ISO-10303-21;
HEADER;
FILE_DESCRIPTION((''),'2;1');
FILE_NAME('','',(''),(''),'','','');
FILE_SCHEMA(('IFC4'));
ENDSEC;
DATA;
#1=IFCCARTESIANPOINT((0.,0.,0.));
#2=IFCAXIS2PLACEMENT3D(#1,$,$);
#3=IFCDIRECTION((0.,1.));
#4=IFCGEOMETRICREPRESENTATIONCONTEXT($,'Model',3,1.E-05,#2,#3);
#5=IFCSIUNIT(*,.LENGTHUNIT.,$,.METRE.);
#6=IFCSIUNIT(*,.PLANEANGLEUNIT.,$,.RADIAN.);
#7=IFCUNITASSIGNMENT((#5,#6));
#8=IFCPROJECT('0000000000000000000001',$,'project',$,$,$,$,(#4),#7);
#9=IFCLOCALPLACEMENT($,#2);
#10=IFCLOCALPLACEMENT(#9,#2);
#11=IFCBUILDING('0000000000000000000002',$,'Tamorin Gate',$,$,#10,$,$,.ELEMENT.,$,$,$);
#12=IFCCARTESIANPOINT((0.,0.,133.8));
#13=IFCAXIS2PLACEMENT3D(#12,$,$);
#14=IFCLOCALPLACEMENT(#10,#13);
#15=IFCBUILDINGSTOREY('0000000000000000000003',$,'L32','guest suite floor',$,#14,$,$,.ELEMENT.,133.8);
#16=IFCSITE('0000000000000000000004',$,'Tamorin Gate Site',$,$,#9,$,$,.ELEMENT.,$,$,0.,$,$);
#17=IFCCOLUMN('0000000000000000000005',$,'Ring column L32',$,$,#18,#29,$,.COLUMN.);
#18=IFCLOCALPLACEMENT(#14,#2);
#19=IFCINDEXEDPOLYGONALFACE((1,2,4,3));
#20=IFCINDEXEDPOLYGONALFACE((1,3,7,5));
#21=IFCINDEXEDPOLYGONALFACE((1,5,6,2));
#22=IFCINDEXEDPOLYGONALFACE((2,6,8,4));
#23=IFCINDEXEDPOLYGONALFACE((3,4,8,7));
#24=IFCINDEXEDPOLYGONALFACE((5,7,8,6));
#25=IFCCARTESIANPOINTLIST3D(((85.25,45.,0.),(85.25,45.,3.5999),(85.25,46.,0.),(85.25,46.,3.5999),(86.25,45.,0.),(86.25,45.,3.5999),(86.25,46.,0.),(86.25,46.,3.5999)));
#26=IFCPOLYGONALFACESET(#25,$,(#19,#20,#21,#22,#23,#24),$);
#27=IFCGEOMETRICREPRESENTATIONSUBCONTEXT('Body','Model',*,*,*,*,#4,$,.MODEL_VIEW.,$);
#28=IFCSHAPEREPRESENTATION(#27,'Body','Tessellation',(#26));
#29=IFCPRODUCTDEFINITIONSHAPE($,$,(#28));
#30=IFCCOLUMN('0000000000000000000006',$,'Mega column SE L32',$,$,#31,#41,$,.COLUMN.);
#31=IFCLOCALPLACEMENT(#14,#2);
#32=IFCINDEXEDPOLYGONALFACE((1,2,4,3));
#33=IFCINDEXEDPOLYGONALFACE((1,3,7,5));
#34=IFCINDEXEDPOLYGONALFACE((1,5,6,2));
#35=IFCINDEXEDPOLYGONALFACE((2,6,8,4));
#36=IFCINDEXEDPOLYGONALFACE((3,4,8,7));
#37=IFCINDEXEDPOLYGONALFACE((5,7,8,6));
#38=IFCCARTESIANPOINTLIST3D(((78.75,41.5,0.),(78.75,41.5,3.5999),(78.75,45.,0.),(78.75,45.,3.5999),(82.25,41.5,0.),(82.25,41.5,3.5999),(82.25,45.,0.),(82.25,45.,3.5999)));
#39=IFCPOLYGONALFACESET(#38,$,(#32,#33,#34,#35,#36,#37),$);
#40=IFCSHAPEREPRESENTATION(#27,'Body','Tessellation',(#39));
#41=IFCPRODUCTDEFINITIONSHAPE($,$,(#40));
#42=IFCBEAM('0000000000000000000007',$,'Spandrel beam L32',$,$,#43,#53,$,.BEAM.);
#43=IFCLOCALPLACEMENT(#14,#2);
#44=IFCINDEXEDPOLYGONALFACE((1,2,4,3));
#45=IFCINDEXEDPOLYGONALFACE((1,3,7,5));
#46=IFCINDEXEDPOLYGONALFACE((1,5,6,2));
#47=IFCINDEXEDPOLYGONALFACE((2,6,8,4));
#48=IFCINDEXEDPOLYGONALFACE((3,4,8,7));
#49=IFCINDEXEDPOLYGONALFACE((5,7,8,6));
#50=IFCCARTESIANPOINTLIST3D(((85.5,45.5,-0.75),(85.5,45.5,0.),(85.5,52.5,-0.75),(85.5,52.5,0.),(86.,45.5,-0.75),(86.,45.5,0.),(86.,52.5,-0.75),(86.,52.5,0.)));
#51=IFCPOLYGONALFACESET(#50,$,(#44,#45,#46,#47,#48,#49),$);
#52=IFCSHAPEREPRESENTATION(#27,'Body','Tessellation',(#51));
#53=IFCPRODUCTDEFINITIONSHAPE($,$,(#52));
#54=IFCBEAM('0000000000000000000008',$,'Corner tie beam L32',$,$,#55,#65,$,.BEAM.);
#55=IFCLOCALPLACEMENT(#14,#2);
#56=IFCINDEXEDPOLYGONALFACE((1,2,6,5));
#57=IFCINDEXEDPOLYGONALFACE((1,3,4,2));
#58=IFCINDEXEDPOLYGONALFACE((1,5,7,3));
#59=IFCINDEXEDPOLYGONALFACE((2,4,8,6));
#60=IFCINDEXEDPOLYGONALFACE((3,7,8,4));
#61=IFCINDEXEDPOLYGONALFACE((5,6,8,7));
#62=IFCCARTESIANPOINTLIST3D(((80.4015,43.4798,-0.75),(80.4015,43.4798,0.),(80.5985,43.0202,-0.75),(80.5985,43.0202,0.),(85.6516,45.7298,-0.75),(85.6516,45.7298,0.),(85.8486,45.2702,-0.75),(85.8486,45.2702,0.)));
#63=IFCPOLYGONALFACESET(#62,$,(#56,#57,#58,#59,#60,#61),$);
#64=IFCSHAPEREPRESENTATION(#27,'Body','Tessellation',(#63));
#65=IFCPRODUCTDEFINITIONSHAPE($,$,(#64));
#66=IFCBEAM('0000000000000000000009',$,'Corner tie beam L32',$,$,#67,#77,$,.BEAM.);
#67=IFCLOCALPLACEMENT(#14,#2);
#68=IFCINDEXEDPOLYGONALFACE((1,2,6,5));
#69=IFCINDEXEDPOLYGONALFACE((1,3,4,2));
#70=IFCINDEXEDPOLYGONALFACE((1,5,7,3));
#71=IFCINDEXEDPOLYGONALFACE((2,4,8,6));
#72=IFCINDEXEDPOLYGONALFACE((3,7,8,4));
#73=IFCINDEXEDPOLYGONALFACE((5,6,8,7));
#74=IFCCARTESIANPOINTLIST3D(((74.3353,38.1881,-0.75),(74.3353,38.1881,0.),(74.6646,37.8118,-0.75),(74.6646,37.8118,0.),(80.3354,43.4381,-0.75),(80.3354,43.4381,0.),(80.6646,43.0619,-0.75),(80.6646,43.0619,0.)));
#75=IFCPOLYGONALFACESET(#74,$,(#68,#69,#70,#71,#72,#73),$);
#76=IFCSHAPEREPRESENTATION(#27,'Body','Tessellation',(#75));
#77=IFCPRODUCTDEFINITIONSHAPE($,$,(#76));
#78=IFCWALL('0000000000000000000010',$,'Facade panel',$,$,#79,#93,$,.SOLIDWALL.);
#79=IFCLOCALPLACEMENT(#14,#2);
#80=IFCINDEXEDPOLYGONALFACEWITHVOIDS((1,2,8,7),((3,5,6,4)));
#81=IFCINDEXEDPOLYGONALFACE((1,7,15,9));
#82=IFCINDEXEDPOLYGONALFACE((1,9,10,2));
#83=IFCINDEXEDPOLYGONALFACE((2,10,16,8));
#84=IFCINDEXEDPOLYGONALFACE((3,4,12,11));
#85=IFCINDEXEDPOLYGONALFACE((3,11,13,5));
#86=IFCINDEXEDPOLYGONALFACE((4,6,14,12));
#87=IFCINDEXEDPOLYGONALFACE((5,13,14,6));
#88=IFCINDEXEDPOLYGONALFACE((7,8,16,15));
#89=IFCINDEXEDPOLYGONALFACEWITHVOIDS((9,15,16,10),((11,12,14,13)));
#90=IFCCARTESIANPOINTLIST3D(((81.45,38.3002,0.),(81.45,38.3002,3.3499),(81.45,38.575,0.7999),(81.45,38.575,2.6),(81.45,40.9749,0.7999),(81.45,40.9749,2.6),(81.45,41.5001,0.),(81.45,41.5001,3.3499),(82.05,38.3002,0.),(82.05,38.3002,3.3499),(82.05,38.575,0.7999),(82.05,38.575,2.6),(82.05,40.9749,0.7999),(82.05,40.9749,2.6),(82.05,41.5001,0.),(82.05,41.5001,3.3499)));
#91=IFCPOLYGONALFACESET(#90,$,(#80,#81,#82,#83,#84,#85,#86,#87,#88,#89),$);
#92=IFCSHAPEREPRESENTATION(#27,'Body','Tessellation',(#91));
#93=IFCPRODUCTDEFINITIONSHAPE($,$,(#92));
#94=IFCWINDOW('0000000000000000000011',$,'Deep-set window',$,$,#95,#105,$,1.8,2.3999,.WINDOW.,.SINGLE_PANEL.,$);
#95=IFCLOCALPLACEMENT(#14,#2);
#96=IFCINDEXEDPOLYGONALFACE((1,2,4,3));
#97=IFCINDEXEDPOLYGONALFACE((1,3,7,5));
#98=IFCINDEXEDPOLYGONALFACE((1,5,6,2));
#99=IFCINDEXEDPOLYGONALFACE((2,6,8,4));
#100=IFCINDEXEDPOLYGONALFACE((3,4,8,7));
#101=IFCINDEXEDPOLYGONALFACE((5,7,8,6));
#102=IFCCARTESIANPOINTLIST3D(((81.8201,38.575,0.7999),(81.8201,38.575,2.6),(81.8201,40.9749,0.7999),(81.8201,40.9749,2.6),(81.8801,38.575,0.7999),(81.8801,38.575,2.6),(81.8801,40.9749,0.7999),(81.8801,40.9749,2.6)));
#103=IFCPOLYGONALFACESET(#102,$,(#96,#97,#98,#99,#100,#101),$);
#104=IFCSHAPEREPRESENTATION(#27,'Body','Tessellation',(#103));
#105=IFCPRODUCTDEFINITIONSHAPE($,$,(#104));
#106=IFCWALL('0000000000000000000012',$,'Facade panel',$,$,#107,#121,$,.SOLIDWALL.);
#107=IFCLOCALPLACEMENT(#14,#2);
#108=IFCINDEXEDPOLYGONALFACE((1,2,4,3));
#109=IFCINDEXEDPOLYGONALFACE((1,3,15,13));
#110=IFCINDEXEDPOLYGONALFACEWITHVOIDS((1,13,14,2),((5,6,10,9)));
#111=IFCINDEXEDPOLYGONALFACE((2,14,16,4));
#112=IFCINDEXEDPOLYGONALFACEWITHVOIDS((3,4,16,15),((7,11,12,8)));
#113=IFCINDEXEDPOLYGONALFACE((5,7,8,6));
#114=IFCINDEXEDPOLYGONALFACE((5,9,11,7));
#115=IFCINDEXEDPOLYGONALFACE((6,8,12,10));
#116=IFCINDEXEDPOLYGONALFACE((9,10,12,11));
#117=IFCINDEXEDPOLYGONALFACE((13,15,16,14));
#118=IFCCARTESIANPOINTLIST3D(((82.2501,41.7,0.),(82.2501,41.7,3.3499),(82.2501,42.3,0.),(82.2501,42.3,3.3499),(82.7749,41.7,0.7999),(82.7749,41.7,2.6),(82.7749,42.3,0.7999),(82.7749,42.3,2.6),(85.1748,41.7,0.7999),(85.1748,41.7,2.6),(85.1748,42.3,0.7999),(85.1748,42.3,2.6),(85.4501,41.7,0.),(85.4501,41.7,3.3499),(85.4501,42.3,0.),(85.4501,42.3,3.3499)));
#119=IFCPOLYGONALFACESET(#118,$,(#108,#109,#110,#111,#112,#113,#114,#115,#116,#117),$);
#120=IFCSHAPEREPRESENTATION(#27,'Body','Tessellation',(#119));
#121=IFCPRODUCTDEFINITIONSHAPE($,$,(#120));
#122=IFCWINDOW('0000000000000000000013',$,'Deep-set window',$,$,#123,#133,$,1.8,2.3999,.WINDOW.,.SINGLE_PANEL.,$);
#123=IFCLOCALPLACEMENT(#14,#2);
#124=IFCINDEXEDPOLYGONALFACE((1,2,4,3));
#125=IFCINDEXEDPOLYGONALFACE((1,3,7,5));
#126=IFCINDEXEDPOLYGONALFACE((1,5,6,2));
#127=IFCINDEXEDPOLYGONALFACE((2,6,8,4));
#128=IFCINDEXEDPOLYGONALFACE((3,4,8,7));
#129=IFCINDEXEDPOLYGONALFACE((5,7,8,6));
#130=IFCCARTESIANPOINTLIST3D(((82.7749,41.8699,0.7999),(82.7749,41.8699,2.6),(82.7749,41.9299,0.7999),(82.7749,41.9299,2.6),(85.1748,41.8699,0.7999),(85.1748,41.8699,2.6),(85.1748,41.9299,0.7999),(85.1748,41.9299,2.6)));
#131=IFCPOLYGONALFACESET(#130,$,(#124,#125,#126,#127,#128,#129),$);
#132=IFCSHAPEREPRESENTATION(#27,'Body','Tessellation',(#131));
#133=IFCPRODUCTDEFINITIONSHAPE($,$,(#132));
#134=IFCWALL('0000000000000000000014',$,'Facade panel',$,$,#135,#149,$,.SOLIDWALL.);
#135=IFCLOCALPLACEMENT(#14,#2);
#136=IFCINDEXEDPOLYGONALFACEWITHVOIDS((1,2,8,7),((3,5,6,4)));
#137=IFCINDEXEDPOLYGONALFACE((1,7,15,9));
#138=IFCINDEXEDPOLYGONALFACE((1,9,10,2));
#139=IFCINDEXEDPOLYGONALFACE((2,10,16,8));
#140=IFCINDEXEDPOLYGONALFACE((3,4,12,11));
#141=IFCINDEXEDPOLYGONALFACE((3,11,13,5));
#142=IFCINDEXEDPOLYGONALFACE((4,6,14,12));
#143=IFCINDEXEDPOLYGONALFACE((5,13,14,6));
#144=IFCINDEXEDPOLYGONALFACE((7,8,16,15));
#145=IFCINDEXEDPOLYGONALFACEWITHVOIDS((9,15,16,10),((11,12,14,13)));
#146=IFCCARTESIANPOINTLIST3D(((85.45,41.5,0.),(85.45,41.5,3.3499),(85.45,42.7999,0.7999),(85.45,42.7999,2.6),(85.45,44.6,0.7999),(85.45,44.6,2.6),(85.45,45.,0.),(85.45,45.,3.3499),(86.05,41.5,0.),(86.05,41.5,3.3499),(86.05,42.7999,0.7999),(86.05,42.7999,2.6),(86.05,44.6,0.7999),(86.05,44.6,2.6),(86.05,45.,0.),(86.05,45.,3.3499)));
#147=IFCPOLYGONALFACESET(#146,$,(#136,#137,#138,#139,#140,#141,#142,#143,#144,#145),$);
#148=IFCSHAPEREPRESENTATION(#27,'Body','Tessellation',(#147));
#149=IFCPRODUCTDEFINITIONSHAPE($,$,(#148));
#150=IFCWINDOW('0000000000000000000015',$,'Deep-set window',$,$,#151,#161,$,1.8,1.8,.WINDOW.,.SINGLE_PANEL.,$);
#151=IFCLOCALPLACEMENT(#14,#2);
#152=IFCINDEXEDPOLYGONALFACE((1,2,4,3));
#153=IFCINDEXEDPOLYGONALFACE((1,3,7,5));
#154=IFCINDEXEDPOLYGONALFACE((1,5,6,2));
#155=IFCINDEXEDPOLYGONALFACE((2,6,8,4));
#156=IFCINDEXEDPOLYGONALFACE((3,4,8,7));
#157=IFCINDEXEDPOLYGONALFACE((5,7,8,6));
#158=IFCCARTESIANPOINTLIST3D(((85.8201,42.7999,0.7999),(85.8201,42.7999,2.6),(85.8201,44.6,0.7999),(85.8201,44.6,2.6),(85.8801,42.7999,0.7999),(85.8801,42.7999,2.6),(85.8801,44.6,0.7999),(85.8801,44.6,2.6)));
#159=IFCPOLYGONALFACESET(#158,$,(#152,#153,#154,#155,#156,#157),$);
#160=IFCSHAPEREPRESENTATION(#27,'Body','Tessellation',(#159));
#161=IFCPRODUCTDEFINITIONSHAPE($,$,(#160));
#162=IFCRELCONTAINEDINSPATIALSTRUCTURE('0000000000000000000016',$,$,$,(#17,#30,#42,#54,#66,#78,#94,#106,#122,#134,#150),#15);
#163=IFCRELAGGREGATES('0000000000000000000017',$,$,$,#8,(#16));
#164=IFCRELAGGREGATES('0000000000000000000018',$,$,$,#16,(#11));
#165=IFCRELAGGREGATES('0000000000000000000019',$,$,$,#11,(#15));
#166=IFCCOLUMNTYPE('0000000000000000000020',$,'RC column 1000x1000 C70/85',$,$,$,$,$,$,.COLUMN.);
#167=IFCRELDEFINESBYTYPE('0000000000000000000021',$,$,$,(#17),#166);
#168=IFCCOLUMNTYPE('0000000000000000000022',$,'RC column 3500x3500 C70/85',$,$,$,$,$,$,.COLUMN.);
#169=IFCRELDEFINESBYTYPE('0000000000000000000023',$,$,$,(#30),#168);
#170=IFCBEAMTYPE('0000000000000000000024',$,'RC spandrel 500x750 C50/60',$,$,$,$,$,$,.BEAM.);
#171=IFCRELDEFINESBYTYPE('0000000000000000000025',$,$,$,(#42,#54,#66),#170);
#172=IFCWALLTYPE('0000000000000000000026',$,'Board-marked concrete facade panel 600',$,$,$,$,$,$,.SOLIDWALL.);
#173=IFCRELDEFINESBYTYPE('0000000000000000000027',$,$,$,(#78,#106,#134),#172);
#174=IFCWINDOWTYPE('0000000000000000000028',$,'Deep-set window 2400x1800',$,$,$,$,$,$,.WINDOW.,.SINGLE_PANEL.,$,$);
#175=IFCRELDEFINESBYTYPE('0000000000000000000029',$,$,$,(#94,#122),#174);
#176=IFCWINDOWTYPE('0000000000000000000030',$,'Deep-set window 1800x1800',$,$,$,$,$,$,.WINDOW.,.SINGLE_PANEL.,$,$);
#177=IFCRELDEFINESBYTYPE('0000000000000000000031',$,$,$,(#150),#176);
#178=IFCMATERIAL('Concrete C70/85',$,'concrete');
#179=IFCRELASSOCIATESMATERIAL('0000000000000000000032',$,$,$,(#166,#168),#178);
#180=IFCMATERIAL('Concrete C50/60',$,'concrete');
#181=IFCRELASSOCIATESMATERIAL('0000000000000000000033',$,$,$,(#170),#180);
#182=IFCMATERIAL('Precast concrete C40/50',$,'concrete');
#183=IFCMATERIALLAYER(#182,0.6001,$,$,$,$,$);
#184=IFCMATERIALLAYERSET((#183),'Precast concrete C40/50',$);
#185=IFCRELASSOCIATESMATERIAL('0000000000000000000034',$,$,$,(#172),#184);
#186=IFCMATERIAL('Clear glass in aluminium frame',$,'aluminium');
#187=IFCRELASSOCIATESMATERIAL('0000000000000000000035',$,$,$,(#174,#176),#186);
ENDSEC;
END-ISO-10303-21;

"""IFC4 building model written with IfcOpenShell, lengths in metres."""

from ifc_helpers import new_model, si_unit, direction, frame, frame_2d, origin, origin_2d, place, context, subcontext, project, spatial, rectangle, extrude, material, layer, layer_set, material_profile, profile_set, type_object, element, fill, save


model = new_model("IFC4")

# Units and contexts
model_context = context("Model", 3, precision=1e-05, world=origin(), true_north=direction((0.0, 1.0)))
body_context = subcontext(model_context, "Body", "Model", "MODEL_VIEW")
ifc_project = project(units=[si_unit("LENGTHUNIT", "METRE"), si_unit("PLANEANGLEUNIT", "RADIAN")], contexts=[model_context])

# Site, building, storey
site_placement = place(None, origin())
site = spatial("IfcSite", under=ifc_project, at=site_placement, Name="Tamorin Gate Site", CompositionType="ELEMENT", RefElevation=0.0)
building_placement = place(site_placement, origin())
building = spatial("IfcBuilding", under=site, at=building_placement, Name="Tamorin Gate", CompositionType="ELEMENT")
storey_placement = place(building_placement, frame((0.0, 0.0, 133.8)))
storey = spatial("IfcBuildingStorey", under=building, at=storey_placement, Name="L32", Description="guest suite floor", CompositionType="ELEMENT", Elevation=133.8)

# Columns
ifc_material_1 = material(Name="Concrete C70/85", Category="concrete")
ifc_material_profile_1 = material_profile(ifc_material_1, rectangle(XDim=1.0, YDim=1.0, at=origin_2d()), Name="RC 1000x1000")
ifc_profile_set_1 = profile_set([ifc_material_profile_1], Name="Concrete C70/85")
column_type_1 = type_object("IfcColumnType", Name="RC column 1000x1000 C70/85", PredefinedType="COLUMN", material=ifc_profile_set_1)
column_1_placement = place(storey_placement, frame((85.75, 45.5, 0.0), z_axis=(0.0, 0.0, 1.0), x_axis=(1.0, 0.0, 0.0)))
element("IfcColumn", 1, at=column_1_placement, inside=storey, type_object=column_type_1, Name="Ring column L32", PredefinedType="COLUMN", context=body_context, shape_type="SweptSolid", body=[
    extrude(rectangle(XDim=1.0, YDim=1.0, at=origin_2d()), origin(), (0.0, 0.0, 1.0), 3.5999),
])
ifc_material_profile_2 = material_profile(ifc_material_1, rectangle(XDim=3.5, YDim=3.5, at=origin_2d()), Name="RC 3500x3500")
ifc_profile_set_2 = profile_set([ifc_material_profile_2], Name="Concrete C70/85")
column_type_2 = type_object("IfcColumnType", Name="RC column 3500x3500 C70/85", PredefinedType="COLUMN", material=ifc_profile_set_2)
column_2_placement = place(storey_placement, frame((80.5, 43.25, 0.0), z_axis=(0.0, 0.0, 1.0), x_axis=(1.0, 0.0, 0.0)))
element("IfcColumn", 2, at=column_2_placement, inside=storey, type_object=column_type_2, Name="Mega column SE L32", PredefinedType="COLUMN", context=body_context, shape_type="SweptSolid", body=[
    extrude(rectangle(XDim=3.5, YDim=3.5, at=origin_2d()), origin(), (0.0, 0.0, 1.0), 3.5999),
])

# Beams
ifc_material_2 = material(Name="Concrete C50/60", Category="concrete")
ifc_material_profile_3 = material_profile(ifc_material_2, rectangle(XDim=0.5, YDim=0.75, at=origin_2d()), Name="RC 500x750")
ifc_profile_set_3 = profile_set([ifc_material_profile_3], Name="Concrete C50/60")
beam_type = type_object("IfcBeamType", Name="RC spandrel 500x750 C50/60", PredefinedType="BEAM", material=ifc_profile_set_3)
beam_1_placement = place(storey_placement, frame((85.75, 45.5, -0.375), z_axis=(0.0, 1.0, 0.0), x_axis=(-1.0, 0.0, 0.0)))
element("IfcBeam", 3, at=beam_1_placement, inside=storey, type_object=beam_type, Name="Spandrel beam L32", PredefinedType="BEAM", context=body_context, shape_type="SweptSolid", body=[
    extrude(rectangle(XDim=0.5, YDim=0.75, at=origin_2d()), origin(), (0.0, 0.0, 1.0), 7.0),
])
beam_2_placement = place(storey_placement, frame((80.5, 43.25, -0.375), z_axis=(0.919145, 0.393919, 0.0), x_axis=(-0.393919, 0.919145, 0.0)))
element("IfcBeam", 4, at=beam_2_placement, inside=storey, type_object=beam_type, Name="Corner tie beam L32", PredefinedType="BEAM", context=body_context, shape_type="SweptSolid", body=[
    extrude(rectangle(XDim=0.5, YDim=0.75, at=origin_2d()), origin(), (0.0, 0.0, 1.0), 5.7119),
])
beam_3_placement = place(storey_placement, frame((80.5, 43.25, -0.375), z_axis=(-0.752577, -0.658505, 0.0), x_axis=(0.658505, -0.752577, 0.0)))
element("IfcBeam", 5, at=beam_3_placement, inside=storey, type_object=beam_type, Name="Corner tie beam L32", PredefinedType="BEAM", context=body_context, shape_type="SweptSolid", body=[
    extrude(rectangle(XDim=0.5, YDim=0.75, at=origin_2d()), origin(), (0.0, 0.0, 1.0), 7.9727),
])

# Walls, openings, windows
ifc_material_3 = material(Name="Precast concrete C40/50", Category="concrete")
ifc_layer_1 = layer(ifc_material_3, 0.6001)
ifc_layer_set_1 = layer_set([ifc_layer_1], Name="Precast concrete C40/50")
wall_type_1 = type_object("IfcWallType", Name="Board-marked concrete facade panel 600", PredefinedType="SOLIDWALL", material=ifc_layer_set_1)
wall_1_placement = place(storey_placement, frame((81.75, 38.3, 0.0), z_axis=(0.0, 0.0, 1.0), x_axis=(0.0, 1.0, 0.0)))
wall_1 = element("IfcWall", 6, at=wall_1_placement, inside=storey, type_object=wall_type_1, Name="Facade panel", PredefinedType="SOLIDWALL", context=body_context, shape_type="SweptSolid", body=[
    extrude(rectangle(XDim=3.2, YDim=0.6001, at=frame_2d((1.6001, 0.0))), origin(), (0.0, 0.0, 1.0), 3.3499),
])
opening_1_placement = place(wall_1_placement, frame((0.2749, 0.0, 0.8)))
opening_1 = element("IfcOpeningElement", 7, at=opening_1_placement, cuts=wall_1, PredefinedType="OPENING", context=body_context, shape_type="SweptSolid", body=[
    extrude(rectangle(XDim=2.3999, YDim=1.8, at=frame_2d((1.2, 0.8999))), frame((0.0, 0.3101, 0.0), z_axis=(0.0, -1.0, 0.0), x_axis=(1.0, 0.0, 0.0)), (0.0, 0.0, 1.0), 0.6201),
])
ifc_material_4 = material(Name="Clear glass in aluminium frame", Category="aluminium")
window_type_1 = type_object("IfcWindowType", Name="Deep-set window 2400x1800", PartitioningType="SINGLE_PANEL", PredefinedType="WINDOW", material=ifc_material_4)
window_1_placement = place(opening_1_placement, origin())
window_1 = element("IfcWindow", 8, at=window_1_placement, inside=storey, type_object=window_type_1, Name="Deep-set window", OverallHeight=1.8, OverallWidth=2.3999, PartitioningType="SINGLE_PANEL", PredefinedType="WINDOW", context=body_context, shape_type="SweptSolid", body=[
    extrude(rectangle(XDim=2.3999, YDim=1.8, at=frame_2d((1.2, 0.8999))), frame((0.0, -0.0701, 0.0), z_axis=(0.0, -1.0, 0.0), x_axis=(1.0, 0.0, 0.0)), (0.0, 0.0, 1.0), 0.0601),
])
fill(opening_1, window_1)
wall_2_placement = place(storey_placement, frame((82.25, 42.0, 0.0), z_axis=(0.0, 0.0, 1.0), x_axis=(1.0, 0.0, 0.0)))
wall_2 = element("IfcWall", 9, at=wall_2_placement, inside=storey, type_object=wall_type_1, Name="Facade panel", PredefinedType="SOLIDWALL", context=body_context, shape_type="SweptSolid", body=[
    extrude(rectangle(XDim=3.2, YDim=0.6001, at=frame_2d((1.6001, 0.0))), origin(), (0.0, 0.0, 1.0), 3.3499),
])
opening_2_placement = place(wall_2_placement, frame((0.5249, 0.0, 0.8)))
opening_2 = element("IfcOpeningElement", 10, at=opening_2_placement, cuts=wall_2, PredefinedType="OPENING", context=body_context, shape_type="SweptSolid", body=[
    extrude(rectangle(XDim=2.3999, YDim=1.8, at=frame_2d((1.2, 0.8999))), frame((0.0, 0.3101, 0.0), z_axis=(0.0, -1.0, 0.0), x_axis=(1.0, 0.0, 0.0)), (0.0, 0.0, 1.0), 0.6201),
])
window_2_placement = place(opening_2_placement, origin())
window_2 = element("IfcWindow", 11, at=window_2_placement, inside=storey, type_object=window_type_1, Name="Deep-set window", OverallHeight=1.8, OverallWidth=2.3999, PartitioningType="SINGLE_PANEL", PredefinedType="WINDOW", context=body_context, shape_type="SweptSolid", body=[
    extrude(rectangle(XDim=2.3999, YDim=1.8, at=frame_2d((1.2, 0.8999))), frame((0.0, -0.0701, 0.0), z_axis=(0.0, -1.0, 0.0), x_axis=(1.0, 0.0, 0.0)), (0.0, 0.0, 1.0), 0.0601),
])
fill(opening_2, window_2)
wall_3_placement = place(storey_placement, frame((85.75, 41.5, 0.0), z_axis=(0.0, 0.0, 1.0), x_axis=(0.0, 1.0, 0.0)))
wall_3 = element("IfcWall", 12, at=wall_3_placement, inside=storey, type_object=wall_type_1, Name="Facade panel", PredefinedType="SOLIDWALL", context=body_context, shape_type="SweptSolid", body=[
    extrude(rectangle(XDim=3.5, YDim=0.6001, at=frame_2d((1.75, 0.0))), origin(), (0.0, 0.0, 1.0), 3.3499),
])
opening_3_placement = place(wall_3_placement, frame((1.3, 0.0, 0.8)))
opening_3 = element("IfcOpeningElement", 13, at=opening_3_placement, cuts=wall_3, PredefinedType="OPENING", context=body_context, shape_type="SweptSolid", body=[
    extrude(rectangle(XDim=1.8, YDim=1.8, at=frame_2d((0.8999, 0.8999))), frame((0.0, 0.3101, 0.0), z_axis=(0.0, -1.0, 0.0), x_axis=(1.0, 0.0, 0.0)), (0.0, 0.0, 1.0), 0.6201),
])
window_type_2 = type_object("IfcWindowType", Name="Deep-set window 1800x1800", PartitioningType="SINGLE_PANEL", PredefinedType="WINDOW", material=ifc_material_4)
window_3_placement = place(opening_3_placement, origin())
window_3 = element("IfcWindow", 14, at=window_3_placement, inside=storey, type_object=window_type_2, Name="Deep-set window", OverallHeight=1.8, OverallWidth=1.8, PartitioningType="SINGLE_PANEL", PredefinedType="WINDOW", context=body_context, shape_type="SweptSolid", body=[
    extrude(rectangle(XDim=1.8, YDim=1.8, at=frame_2d((0.8999, 0.8999))), frame((0.0, -0.0701, 0.0), z_axis=(0.0, -1.0, 0.0), x_axis=(1.0, 0.0, 0.0)), (0.0, 0.0, 1.0), 0.0601),
])
fill(opening_3, window_3)

save(model, "model.ifc")
